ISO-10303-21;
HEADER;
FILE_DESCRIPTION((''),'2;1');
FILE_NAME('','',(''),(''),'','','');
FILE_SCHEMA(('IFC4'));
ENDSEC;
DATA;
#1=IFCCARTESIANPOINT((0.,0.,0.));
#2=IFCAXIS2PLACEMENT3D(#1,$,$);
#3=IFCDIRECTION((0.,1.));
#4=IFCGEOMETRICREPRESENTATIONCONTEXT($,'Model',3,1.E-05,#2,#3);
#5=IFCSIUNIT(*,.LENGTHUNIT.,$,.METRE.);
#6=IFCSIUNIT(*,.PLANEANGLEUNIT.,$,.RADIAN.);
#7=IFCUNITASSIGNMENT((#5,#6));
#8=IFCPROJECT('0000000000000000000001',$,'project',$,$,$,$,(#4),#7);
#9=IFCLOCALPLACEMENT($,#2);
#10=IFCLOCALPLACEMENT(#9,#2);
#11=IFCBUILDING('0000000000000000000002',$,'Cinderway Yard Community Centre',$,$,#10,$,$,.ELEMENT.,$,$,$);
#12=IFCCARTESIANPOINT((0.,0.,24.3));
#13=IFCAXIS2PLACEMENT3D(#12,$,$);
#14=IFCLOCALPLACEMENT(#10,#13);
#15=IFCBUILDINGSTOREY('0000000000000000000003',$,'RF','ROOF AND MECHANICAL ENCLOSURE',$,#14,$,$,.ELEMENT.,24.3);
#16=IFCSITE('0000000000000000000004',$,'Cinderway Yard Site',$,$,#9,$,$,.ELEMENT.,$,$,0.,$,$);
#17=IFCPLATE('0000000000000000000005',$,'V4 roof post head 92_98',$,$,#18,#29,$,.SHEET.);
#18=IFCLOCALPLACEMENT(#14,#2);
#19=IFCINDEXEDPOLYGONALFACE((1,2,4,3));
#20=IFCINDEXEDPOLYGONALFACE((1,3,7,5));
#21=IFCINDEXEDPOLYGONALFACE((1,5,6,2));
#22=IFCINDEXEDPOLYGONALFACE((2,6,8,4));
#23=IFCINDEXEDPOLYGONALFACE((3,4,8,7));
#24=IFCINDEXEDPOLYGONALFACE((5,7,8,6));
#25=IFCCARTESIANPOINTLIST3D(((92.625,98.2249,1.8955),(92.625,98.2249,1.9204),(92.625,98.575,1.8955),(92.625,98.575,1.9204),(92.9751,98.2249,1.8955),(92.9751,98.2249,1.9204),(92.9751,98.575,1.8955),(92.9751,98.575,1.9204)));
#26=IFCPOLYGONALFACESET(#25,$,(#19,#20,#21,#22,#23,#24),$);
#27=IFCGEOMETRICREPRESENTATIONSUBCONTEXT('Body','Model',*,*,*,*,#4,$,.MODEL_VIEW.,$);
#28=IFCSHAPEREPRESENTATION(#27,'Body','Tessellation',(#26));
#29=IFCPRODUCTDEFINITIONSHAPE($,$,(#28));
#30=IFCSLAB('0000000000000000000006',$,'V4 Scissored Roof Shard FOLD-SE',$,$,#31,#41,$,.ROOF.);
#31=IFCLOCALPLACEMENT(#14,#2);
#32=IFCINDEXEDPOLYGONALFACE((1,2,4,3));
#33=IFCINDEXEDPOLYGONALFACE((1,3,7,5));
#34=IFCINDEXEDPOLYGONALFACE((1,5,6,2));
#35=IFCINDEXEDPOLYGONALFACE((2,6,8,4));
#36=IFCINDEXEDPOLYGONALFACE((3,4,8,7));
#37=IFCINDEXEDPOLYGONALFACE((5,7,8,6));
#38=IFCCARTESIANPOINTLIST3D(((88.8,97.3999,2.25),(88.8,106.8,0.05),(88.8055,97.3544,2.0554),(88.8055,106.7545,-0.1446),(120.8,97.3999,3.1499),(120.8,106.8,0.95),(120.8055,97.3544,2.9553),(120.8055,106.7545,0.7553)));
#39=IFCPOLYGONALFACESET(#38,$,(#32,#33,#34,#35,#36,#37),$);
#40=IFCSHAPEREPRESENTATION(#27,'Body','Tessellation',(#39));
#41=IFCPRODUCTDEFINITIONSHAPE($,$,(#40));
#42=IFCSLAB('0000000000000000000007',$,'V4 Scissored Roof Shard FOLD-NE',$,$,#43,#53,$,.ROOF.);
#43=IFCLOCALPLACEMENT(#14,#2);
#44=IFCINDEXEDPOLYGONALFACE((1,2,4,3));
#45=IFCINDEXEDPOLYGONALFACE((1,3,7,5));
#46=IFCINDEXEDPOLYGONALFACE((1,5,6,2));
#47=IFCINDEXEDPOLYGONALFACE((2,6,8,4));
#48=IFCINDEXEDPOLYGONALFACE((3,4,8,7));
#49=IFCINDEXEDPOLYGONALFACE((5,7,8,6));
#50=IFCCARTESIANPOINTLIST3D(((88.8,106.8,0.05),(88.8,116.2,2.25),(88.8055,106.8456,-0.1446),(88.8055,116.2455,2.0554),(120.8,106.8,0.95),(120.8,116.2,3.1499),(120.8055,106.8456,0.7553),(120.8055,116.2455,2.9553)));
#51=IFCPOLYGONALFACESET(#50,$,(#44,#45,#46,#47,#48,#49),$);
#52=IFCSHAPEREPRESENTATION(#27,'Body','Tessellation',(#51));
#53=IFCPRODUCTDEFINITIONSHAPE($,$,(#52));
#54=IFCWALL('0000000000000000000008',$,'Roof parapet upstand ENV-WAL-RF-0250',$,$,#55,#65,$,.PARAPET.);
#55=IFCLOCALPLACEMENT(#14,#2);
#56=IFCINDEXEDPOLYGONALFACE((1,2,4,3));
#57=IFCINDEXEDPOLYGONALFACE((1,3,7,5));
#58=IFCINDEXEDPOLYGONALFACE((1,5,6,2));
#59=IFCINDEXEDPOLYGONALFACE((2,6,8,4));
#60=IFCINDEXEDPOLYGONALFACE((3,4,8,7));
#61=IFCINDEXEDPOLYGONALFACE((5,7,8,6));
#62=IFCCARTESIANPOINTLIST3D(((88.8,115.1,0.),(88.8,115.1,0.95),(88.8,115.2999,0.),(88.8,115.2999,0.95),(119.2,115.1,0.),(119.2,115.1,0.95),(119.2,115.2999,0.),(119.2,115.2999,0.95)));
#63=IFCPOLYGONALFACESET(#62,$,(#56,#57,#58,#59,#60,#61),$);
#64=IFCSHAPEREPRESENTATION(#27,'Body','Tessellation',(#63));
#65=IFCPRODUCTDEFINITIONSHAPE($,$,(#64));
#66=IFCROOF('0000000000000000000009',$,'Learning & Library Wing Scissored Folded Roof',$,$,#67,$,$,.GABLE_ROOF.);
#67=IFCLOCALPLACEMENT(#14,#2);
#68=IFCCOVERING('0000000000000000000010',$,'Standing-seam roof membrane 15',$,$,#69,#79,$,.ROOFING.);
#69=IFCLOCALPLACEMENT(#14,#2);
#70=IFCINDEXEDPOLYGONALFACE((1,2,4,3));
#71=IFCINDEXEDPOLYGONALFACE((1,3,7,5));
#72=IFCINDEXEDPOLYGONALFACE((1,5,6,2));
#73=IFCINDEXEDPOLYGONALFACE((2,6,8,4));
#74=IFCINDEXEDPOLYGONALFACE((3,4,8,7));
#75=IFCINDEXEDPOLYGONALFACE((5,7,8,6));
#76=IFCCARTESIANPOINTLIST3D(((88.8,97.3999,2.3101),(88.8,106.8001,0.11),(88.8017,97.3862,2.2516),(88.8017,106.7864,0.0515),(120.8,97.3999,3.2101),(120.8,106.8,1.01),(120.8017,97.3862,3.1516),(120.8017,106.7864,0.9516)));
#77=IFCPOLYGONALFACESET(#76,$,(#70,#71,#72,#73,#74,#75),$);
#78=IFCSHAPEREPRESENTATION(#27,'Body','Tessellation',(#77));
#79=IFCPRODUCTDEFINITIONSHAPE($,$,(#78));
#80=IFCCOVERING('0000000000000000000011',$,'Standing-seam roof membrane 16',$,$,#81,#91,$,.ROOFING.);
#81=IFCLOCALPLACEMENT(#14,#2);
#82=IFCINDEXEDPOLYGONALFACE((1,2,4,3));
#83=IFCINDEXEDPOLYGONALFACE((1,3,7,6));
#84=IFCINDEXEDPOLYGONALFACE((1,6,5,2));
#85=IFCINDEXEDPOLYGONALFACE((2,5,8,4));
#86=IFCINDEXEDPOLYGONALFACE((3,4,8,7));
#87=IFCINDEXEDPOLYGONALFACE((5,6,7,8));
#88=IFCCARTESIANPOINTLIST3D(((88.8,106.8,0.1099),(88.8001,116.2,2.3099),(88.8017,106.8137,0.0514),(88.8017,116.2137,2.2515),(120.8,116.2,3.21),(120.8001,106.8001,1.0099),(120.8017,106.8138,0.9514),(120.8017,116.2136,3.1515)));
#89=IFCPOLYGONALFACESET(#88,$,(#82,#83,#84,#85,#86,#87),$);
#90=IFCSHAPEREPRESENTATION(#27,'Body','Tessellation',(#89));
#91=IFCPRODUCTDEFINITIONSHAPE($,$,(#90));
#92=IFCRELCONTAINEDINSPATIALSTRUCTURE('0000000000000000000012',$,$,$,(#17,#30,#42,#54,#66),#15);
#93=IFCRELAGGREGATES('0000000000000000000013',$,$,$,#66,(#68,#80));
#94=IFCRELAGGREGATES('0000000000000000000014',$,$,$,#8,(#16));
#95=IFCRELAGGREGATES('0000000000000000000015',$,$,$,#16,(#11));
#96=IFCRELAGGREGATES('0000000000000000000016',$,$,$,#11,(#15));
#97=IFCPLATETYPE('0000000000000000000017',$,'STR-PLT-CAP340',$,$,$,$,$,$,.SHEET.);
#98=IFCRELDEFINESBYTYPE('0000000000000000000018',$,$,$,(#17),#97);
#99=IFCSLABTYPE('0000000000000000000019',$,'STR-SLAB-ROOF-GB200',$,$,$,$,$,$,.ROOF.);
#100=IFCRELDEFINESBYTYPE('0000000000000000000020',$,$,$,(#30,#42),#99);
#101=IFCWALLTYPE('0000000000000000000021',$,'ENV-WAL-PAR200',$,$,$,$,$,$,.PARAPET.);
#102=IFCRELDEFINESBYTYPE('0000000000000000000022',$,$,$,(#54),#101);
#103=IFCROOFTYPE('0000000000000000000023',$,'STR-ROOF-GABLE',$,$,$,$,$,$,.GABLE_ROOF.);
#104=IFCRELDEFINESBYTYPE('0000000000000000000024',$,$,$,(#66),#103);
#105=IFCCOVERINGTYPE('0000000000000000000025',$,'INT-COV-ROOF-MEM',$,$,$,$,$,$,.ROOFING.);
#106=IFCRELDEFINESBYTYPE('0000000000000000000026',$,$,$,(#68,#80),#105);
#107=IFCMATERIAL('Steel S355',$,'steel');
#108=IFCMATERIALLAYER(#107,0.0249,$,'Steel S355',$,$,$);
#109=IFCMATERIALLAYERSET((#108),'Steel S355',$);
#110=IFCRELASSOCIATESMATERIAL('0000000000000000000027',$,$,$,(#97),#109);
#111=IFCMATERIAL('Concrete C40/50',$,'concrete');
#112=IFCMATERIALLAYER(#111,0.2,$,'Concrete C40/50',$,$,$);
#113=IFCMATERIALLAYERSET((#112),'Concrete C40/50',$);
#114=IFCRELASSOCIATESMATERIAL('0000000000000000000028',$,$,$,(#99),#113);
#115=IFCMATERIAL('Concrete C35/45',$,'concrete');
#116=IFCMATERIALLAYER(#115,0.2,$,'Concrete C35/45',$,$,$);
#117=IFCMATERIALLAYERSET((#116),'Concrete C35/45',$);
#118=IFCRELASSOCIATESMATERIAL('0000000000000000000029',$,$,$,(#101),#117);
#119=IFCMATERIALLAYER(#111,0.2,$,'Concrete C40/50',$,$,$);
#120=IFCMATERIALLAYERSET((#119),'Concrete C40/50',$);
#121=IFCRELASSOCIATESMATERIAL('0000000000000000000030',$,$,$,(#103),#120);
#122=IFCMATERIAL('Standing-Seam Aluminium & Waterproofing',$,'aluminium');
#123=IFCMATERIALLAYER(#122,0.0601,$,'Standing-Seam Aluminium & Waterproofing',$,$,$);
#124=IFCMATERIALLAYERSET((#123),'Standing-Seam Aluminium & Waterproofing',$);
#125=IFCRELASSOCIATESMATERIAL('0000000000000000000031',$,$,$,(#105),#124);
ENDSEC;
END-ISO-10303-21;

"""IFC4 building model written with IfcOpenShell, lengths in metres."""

from ifc_helpers import new_model, si_unit, direction, frame, frame_2d, origin, origin_2d, place, context, subcontext, project, spatial, polyline, rectangle, outline, extrude, material, layer, layer_set, type_object, element, aggregate, save


model = new_model("IFC4")

# Units and contexts
model_context = context("Model", 3, precision=1e-05, world=origin(), true_north=direction((0.0, 1.0)))
body_context = subcontext(model_context, "Body", "Model", "MODEL_VIEW")
ifc_project = project(units=[si_unit("LENGTHUNIT", "METRE"), si_unit("PLANEANGLEUNIT", "RADIAN")], contexts=[model_context])

# Site, building, storey
site_placement = place(None, origin())
site = spatial("IfcSite", under=ifc_project, at=site_placement, Name="Cinderway Yard Site", CompositionType="ELEMENT", RefElevation=0.0)
building_placement = place(site_placement, origin())
building = spatial("IfcBuilding", under=site, at=building_placement, Name="Cinderway Yard Community Centre", CompositionType="ELEMENT")
storey_placement = place(building_placement, frame((0.0, 0.0, 24.3)))
storey = spatial("IfcBuildingStorey", under=building, at=storey_placement, Name="RF", Description="ROOF AND MECHANICAL ENCLOSURE", CompositionType="ELEMENT", Elevation=24.3)

# Shared definitions
ifc_material_1 = material(Name="Steel S355", Category="steel")

# Plate
ifc_layer_1 = layer(ifc_material_1, 0.0249, Name="Steel S355")
ifc_layer_set_1 = layer_set([ifc_layer_1], Name="Steel S355")
plate_type = type_object("IfcPlateType", Name="STR-PLT-CAP340", PredefinedType="SHEET", material=ifc_layer_set_1)
for number, where, z_axis, x_axis, name in (
    (1, (92.8, 98.3999, 1.8955), (0.0, 0.0, 1.0), (1.0, 0.0, 0.0), "V4 roof post head 92_98"),
):
    element("IfcPlate", number, at=place(storey_placement, frame(where, z_axis=z_axis, x_axis=x_axis)), inside=storey, type_object=plate_type, Name=name, PredefinedType="SHEET", context=body_context, shape_type="SweptSolid", body=[
        extrude(rectangle(XDim=0.3501, YDim=0.3501, at=origin_2d()), origin(), (0.0, 0.0, 1.0), 0.0249),
    ])

# Slabs
ifc_material_2 = material(Name="Concrete C40/50", Category="concrete")
ifc_layer_2 = layer(ifc_material_2, 0.2, Name="Concrete C40/50")
ifc_layer_set_2 = layer_set([ifc_layer_2], Name="Concrete C40/50")
slab_type = type_object("IfcSlabType", Name="STR-SLAB-ROOF-GB200", PredefinedType="ROOF", material=ifc_layer_set_2)
slab_1_placement = place(storey_placement, frame((88.8, 97.3999, 2.25), z_axis=(-0.027372, 0.227791, 0.973325), x_axis=(0.999605, 0.0, 0.028111)))
element("IfcSlab", 2, at=slab_1_placement, inside=storey, type_object=slab_type, Name="V4 Scissored Roof Shard FOLD-SE", PredefinedType="ROOF", context=body_context, shape_type="SweptSolid", body=[
    extrude(outline(polyline([(0.0, 0.0), (32.0127, 0.0), (31.9508, 9.6539), (-0.0618, 9.6539), (0.0, 0.0)])), origin(), (0.0, 0.0, -1.0), 0.2),
])
slab_2_placement = place(storey_placement, frame((88.8, 106.8, 0.05), z_axis=(-0.027372, -0.227797, 0.973324), x_axis=(0.999605, 0.0, 0.028111)))
element("IfcSlab", 3, at=slab_2_placement, inside=storey, type_object=slab_type, Name="V4 Scissored Roof Shard FOLD-NE", PredefinedType="ROOF", context=body_context, shape_type="SweptSolid", body=[
    extrude(outline(polyline([(0.0, 0.0), (32.0127, 0.0), (32.0745, 9.6537), (0.0618, 9.6537), (0.0, 0.0)])), origin(), (0.0, 0.0, -1.0), 0.2),
])

# Wall
ifc_material_3 = material(Name="Concrete C35/45", Category="concrete")
ifc_layer_3 = layer(ifc_material_3, 0.2, Name="Concrete C35/45")
ifc_layer_set_3 = layer_set([ifc_layer_3], Name="Concrete C35/45")
wall_type = type_object("IfcWallType", Name="ENV-WAL-PAR200", PredefinedType="PARAPET", material=ifc_layer_set_3)
wall_placement = place(storey_placement, frame((88.8, 115.2, 0.0), z_axis=(0.0, 0.0, 1.0), x_axis=(1.0, 0.0, 0.0)))
element("IfcWall", 4, at=wall_placement, inside=storey, type_object=wall_type, Name="Roof parapet upstand ENV-WAL-RF-0250", PredefinedType="PARAPET", context=body_context, shape_type="SweptSolid", body=[
    extrude(rectangle(XDim=30.3999, YDim=0.2, at=frame_2d((15.2, 0.0))), origin(), (0.0, 0.0, 1.0), 0.95),
])

# Roof, coverings
ifc_layer_4 = layer(ifc_material_2, 0.2, Name="Concrete C40/50")
ifc_layer_set_4 = layer_set([ifc_layer_4], Name="Concrete C40/50")
roof_type = type_object("IfcRoofType", Name="STR-ROOF-GABLE", PredefinedType="GABLE_ROOF", material=ifc_layer_set_4)
roof_placement = place(storey_placement, origin())
roof = element("IfcRoof", 5, at=roof_placement, inside=storey, type_object=roof_type, Name="Learning & Library Wing Scissored Folded Roof", PredefinedType="GABLE_ROOF")
ifc_material_4 = material(Name="Standing-Seam Aluminium & Waterproofing", Category="aluminium")
ifc_layer_5 = layer(ifc_material_4, 0.0601, Name="Standing-Seam Aluminium & Waterproofing")
ifc_layer_set_5 = layer_set([ifc_layer_5], Name="Standing-Seam Aluminium & Waterproofing")
covering_type = type_object("IfcCoveringType", Name="INT-COV-ROOF-MEM", PredefinedType="ROOFING", material=ifc_layer_set_5)
covering_1_placement = place(storey_placement, frame((88.8, 97.3999, 2.3101), z_axis=(-0.027375, 0.227803, 0.973322), x_axis=(0.999605, 0.000001, 0.028114)))
covering_1 = element("IfcCovering", 6, at=covering_1_placement, type_object=covering_type, Name="Standing-seam roof membrane 15", PredefinedType="ROOFING", context=body_context, shape_type="SweptSolid", body=[
    extrude(outline(polyline([(0.0, 0.0), (32.0127, 0.0), (31.9508, 9.6539), (-0.0618, 9.654), (0.0, 0.0)])), origin(), (0.0, 0.0, -1.0), 0.0601),
])
covering_2_placement = place(storey_placement, frame((88.8, 106.8, 0.1099), z_axis=(-0.027375, -0.227808, 0.973321), x_axis=(0.999605, 0.000001, 0.028115)))
covering_2 = element("IfcCovering", 7, at=covering_2_placement, type_object=covering_type, Name="Standing-seam roof membrane 16", PredefinedType="ROOFING", context=body_context, shape_type="SweptSolid", body=[
    extrude(outline(polyline([(0.0, 0.0), (32.0127, 0.0), (32.0745, 9.6537), (0.0619, 9.6538), (0.0, 0.0)])), origin(), (0.0, 0.0, -1.0), 0.0601),
])
aggregate(roof, [covering_1, covering_2])

save(model, "model.ifc")
